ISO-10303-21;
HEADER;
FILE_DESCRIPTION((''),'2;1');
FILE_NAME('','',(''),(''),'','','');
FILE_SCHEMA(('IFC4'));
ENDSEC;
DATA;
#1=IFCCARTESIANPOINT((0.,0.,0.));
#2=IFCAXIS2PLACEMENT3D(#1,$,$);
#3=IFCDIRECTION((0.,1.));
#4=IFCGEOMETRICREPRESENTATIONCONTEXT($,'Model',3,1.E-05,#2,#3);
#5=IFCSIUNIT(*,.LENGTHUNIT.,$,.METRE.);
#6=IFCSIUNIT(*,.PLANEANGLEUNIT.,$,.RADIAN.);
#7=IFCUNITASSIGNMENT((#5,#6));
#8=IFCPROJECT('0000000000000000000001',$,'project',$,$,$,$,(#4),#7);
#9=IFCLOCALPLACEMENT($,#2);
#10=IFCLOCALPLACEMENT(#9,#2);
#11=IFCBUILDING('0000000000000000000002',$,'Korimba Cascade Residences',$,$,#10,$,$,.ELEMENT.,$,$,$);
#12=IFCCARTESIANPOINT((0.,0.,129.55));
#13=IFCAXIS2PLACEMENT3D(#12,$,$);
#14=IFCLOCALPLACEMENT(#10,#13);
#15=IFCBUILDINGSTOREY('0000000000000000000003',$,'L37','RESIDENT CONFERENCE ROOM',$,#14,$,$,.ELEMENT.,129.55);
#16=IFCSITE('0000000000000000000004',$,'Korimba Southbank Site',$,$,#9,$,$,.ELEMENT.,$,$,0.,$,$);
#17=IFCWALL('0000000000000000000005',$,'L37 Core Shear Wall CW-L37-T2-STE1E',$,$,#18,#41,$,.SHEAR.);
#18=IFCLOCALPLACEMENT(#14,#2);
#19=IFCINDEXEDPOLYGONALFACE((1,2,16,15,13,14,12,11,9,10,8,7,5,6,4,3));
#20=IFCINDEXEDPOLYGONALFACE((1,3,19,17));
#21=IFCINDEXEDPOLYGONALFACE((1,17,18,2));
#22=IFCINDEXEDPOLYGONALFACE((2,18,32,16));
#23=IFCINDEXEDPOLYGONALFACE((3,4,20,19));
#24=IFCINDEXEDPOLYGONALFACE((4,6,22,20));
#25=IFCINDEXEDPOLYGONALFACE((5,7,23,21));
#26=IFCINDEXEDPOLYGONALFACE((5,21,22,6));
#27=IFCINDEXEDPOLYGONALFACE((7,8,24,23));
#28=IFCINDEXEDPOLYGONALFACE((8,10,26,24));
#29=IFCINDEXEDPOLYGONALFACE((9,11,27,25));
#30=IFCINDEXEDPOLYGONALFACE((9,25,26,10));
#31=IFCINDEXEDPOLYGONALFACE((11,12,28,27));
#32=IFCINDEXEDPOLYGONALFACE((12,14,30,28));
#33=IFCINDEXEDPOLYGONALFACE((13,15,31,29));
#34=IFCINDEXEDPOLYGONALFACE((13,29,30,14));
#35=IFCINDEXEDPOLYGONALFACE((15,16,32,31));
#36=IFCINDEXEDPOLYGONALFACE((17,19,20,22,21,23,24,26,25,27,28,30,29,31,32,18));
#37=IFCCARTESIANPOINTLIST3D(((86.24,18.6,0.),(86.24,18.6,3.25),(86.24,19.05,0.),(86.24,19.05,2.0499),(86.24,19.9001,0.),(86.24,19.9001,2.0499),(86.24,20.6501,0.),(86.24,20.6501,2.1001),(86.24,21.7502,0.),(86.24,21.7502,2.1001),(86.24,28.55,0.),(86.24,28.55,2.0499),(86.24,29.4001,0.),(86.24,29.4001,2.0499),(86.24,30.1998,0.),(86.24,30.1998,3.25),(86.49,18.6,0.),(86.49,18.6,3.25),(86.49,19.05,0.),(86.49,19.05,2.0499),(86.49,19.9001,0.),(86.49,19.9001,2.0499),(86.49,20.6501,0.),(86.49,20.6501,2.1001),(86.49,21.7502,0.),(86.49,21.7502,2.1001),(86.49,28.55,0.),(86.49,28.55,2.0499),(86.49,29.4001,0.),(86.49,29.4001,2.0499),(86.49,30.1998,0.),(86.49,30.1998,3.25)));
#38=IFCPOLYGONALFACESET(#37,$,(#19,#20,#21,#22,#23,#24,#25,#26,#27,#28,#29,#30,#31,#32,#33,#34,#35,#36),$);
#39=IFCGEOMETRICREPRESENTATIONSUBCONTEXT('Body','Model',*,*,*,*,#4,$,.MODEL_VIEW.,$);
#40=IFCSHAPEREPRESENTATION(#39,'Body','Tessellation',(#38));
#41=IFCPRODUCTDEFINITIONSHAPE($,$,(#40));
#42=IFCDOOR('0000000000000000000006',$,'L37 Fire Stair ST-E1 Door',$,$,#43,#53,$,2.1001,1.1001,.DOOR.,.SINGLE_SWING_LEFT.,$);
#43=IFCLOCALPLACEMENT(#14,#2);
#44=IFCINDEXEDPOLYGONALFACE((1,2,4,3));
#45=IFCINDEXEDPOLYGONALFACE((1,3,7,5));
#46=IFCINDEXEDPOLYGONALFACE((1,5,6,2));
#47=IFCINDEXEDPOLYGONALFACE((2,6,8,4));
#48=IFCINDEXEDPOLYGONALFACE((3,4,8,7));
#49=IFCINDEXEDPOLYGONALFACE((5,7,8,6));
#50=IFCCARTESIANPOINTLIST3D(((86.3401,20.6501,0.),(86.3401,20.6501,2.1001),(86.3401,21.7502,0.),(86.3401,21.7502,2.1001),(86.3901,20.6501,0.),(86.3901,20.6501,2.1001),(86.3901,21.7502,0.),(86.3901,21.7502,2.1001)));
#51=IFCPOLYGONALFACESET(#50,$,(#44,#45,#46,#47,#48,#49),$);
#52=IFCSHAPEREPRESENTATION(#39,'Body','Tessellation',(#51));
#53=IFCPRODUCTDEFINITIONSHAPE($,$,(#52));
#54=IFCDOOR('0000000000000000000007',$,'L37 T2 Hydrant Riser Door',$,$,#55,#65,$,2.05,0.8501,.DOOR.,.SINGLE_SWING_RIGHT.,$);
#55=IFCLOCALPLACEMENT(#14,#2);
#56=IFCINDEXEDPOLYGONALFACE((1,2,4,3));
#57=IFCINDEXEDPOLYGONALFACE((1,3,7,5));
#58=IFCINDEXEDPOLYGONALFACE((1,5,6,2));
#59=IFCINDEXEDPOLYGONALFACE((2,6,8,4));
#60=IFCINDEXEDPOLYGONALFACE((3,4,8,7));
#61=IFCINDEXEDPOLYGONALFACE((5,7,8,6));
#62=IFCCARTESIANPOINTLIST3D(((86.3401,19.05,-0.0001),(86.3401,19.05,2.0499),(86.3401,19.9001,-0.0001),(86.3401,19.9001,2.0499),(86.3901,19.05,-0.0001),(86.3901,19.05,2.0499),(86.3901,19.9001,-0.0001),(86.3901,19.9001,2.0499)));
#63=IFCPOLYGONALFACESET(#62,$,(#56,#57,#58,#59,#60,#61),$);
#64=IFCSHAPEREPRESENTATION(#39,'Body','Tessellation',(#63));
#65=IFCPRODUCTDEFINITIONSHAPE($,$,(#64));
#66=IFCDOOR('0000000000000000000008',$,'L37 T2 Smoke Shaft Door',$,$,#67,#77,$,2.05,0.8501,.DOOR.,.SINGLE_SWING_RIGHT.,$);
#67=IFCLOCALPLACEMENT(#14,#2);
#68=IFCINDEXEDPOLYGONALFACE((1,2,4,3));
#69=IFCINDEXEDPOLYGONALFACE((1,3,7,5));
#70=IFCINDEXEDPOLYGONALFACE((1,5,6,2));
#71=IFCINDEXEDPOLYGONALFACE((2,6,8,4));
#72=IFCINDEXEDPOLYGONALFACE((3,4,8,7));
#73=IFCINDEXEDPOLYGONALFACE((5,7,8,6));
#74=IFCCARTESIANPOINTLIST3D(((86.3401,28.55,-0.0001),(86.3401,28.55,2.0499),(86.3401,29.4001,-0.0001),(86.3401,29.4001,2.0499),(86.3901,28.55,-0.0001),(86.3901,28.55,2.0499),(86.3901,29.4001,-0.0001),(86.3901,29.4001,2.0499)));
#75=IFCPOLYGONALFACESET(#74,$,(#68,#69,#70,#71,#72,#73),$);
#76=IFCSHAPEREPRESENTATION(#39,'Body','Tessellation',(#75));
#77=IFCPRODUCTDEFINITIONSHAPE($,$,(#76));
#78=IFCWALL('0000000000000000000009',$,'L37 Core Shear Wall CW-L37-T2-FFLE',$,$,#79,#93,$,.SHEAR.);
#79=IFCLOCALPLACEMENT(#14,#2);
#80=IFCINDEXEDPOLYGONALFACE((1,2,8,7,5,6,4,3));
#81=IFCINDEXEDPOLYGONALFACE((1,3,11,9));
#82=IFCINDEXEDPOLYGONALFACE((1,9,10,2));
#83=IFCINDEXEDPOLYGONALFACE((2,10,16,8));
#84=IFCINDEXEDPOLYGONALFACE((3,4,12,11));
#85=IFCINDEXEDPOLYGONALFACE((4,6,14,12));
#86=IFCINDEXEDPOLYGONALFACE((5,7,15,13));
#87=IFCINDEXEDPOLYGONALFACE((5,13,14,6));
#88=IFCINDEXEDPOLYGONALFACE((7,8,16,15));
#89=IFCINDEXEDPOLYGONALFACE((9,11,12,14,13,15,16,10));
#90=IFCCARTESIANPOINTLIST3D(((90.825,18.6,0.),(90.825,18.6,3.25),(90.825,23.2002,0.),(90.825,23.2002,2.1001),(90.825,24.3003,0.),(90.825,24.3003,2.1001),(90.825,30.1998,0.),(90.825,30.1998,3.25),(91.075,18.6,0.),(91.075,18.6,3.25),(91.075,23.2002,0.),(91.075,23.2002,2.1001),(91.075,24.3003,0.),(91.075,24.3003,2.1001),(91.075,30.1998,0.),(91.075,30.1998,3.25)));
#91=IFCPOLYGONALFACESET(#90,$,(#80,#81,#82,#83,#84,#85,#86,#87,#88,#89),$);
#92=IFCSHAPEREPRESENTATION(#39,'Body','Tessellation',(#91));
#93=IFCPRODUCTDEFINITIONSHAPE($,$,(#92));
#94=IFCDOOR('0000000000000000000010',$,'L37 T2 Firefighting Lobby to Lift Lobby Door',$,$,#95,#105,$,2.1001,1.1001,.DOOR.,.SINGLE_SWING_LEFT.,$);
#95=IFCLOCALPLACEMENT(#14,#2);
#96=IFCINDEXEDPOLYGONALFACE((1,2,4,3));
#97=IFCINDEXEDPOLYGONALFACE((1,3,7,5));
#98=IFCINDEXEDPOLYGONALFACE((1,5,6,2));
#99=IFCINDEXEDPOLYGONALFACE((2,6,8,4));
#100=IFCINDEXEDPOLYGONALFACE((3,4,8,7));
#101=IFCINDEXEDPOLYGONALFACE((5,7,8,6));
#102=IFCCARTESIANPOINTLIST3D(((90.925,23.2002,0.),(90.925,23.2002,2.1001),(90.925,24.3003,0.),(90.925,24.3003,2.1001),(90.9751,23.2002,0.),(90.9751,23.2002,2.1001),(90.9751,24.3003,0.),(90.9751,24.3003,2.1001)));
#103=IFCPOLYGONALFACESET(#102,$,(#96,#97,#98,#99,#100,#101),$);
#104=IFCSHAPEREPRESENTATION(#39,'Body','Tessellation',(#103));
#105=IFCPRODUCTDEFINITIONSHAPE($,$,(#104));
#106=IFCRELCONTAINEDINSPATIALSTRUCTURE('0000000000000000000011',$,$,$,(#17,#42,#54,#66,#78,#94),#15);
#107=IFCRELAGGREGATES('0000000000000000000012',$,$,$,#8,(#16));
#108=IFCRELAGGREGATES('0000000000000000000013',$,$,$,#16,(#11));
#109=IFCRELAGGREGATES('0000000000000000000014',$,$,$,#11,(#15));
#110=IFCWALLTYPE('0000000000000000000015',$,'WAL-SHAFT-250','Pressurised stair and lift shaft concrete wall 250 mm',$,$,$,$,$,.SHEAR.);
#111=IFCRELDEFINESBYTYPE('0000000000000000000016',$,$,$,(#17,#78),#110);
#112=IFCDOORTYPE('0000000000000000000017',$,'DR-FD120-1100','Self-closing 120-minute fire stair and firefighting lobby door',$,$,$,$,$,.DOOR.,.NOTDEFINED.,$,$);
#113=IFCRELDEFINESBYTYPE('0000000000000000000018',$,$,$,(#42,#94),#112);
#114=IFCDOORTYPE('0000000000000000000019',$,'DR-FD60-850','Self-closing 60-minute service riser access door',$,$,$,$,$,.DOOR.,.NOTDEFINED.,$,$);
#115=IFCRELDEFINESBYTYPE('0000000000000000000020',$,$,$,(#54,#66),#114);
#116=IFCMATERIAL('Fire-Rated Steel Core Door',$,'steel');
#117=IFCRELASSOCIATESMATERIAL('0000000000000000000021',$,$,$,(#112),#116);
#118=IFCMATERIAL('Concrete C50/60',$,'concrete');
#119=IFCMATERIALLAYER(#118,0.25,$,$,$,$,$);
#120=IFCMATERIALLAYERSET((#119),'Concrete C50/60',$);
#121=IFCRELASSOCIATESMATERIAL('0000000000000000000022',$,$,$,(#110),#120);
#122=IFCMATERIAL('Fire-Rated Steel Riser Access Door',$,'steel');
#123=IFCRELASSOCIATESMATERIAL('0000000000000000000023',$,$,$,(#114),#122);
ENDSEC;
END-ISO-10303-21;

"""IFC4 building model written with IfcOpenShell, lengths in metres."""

from ifc_helpers import new_model, si_unit, direction, frame, frame_2d, origin, place, context, subcontext, project, spatial, rectangle, extrude, material, layer, layer_set, type_object, element, fill, save


model = new_model("IFC4")

# Units and contexts
model_context = context("Model", 3, precision=1e-05, world=origin(), true_north=direction((0.0, 1.0)))
body_context = subcontext(model_context, "Body", "Model", "MODEL_VIEW")
ifc_project = project(units=[si_unit("LENGTHUNIT", "METRE"), si_unit("PLANEANGLEUNIT", "RADIAN")], contexts=[model_context])

# Site, building, storey
site_placement = place(None, origin())
site = spatial("IfcSite", under=ifc_project, at=site_placement, Name="Korimba Southbank Site", CompositionType="ELEMENT", RefElevation=0.0)
building_placement = place(site_placement, origin())
building = spatial("IfcBuilding", under=site, at=building_placement, Name="Korimba Cascade Residences", CompositionType="ELEMENT")
storey_placement = place(building_placement, frame((0.0, 0.0, 129.55)))
storey = spatial("IfcBuildingStorey", under=building, at=storey_placement, Name="L37", Description="RESIDENT CONFERENCE ROOM", CompositionType="ELEMENT", Elevation=129.55)

# Shared definitions
ifc_material_1 = material(Name="Fire-Rated Steel Core Door", Category="steel")
door_type_1 = type_object("IfcDoorType", Name="DR-FD120-1100", Description="Self-closing 120-minute fire stair and firefighting lobby door", OperationType="NOTDEFINED", PredefinedType="DOOR", material=ifc_material_1)

# Wall, openings, doors
ifc_material_2 = material(Name="Concrete C50/60", Category="concrete")
ifc_layer_1 = layer(ifc_material_2, 0.25)
ifc_layer_set_1 = layer_set([ifc_layer_1], Name="Concrete C50/60")
wall_type_1 = type_object("IfcWallType", Name="WAL-SHAFT-250", Description="Pressurised stair and lift shaft concrete wall 250 mm", PredefinedType="SHEAR", material=ifc_layer_set_1)
wall_1_placement = place(storey_placement, frame((86.365, 18.6001, 0.0), z_axis=(0.0, 0.0, 1.0), x_axis=(0.0, 1.0, 0.0)))
wall_1 = element("IfcWall", 1, at=wall_1_placement, inside=storey, type_object=wall_type_1, Name="L37 Core Shear Wall CW-L37-T2-STE1E", PredefinedType="SHEAR", context=body_context, shape_type="SweptSolid", body=[
    extrude(rectangle(XDim=11.5999, YDim=0.25, at=frame_2d((5.7998, 0.0))), origin(), (0.0, 0.0, 1.0), 3.25),
])
opening_1_placement = place(wall_1_placement, frame((0.45, 0.0, 0.0)))
opening_1 = element("IfcOpeningElement", 2, at=opening_1_placement, cuts=wall_1, PredefinedType="OPENING", context=body_context, shape_type="SweptSolid", body=[
    extrude(rectangle(XDim=0.8501, YDim=2.05, at=frame_2d((0.425, 1.0249))), frame((0.0, 0.135, 0.0), z_axis=(0.0, -1.0, 0.0), x_axis=(1.0, 0.0, 0.0)), (0.0, 0.0, 1.0), 0.27),
])
opening_2_placement = place(wall_1_placement, frame((2.05, 0.0, 0.0)))
opening_2 = element("IfcOpeningElement", 3, at=opening_2_placement, cuts=wall_1, PredefinedType="OPENING", context=body_context, shape_type="SweptSolid", body=[
    extrude(rectangle(XDim=1.1001, YDim=2.1001, at=frame_2d((0.55, 1.05))), frame((0.0, 0.135, 0.0), z_axis=(0.0, -1.0, 0.0), x_axis=(1.0, 0.0, 0.0)), (0.0, 0.0, 1.0), 0.27),
])
opening_3_placement = place(wall_1_placement, frame((9.95, 0.0, 0.0)))
opening_3 = element("IfcOpeningElement", 4, at=opening_3_placement, cuts=wall_1, PredefinedType="OPENING", context=body_context, shape_type="SweptSolid", body=[
    extrude(rectangle(XDim=0.8501, YDim=2.05, at=frame_2d((0.425, 1.0249))), frame((0.0, 0.135, 0.0), z_axis=(0.0, -1.0, 0.0), x_axis=(1.0, 0.0, 0.0)), (0.0, 0.0, 1.0), 0.27),
])
door_1_placement = place(opening_2_placement, origin())
door_1 = element("IfcDoor", 5, at=door_1_placement, inside=storey, type_object=door_type_1, Name="L37 Fire Stair ST-E1 Door", OperationType="SINGLE_SWING_LEFT", OverallHeight=2.1001, OverallWidth=1.1001, PredefinedType="DOOR", context=body_context, shape_type="SweptSolid", body=[
    extrude(rectangle(XDim=1.1001, YDim=2.1001, at=frame_2d((0.55, 1.05))), frame((0.0, 0.0249, 0.0), z_axis=(0.0, -1.0, 0.0), x_axis=(1.0, 0.0, 0.0)), (0.0, 0.0, 1.0), 0.05),
])
fill(opening_2, door_1)
ifc_material_3 = material(Name="Fire-Rated Steel Riser Access Door", Category="steel")
door_type_2 = type_object("IfcDoorType", Name="DR-FD60-850", Description="Self-closing 60-minute service riser access door", OperationType="NOTDEFINED", PredefinedType="DOOR", material=ifc_material_3)
door_2_placement = place(opening_1_placement, origin())
door_2 = element("IfcDoor", 6, at=door_2_placement, inside=storey, type_object=door_type_2, Name="L37 T2 Hydrant Riser Door", OperationType="SINGLE_SWING_RIGHT", OverallHeight=2.05, OverallWidth=0.8501, PredefinedType="DOOR", context=body_context, shape_type="SweptSolid", body=[
    extrude(rectangle(XDim=0.8501, YDim=2.05, at=frame_2d((0.425, 1.0249))), frame((0.0, 0.0249, 0.0), z_axis=(0.0, -1.0, 0.0), x_axis=(1.0, 0.0, 0.0)), (0.0, 0.0, 1.0), 0.05),
])
fill(opening_1, door_2)
door_3_placement = place(opening_3_placement, origin())
door_3 = element("IfcDoor", 7, at=door_3_placement, inside=storey, type_object=door_type_2, Name="L37 T2 Smoke Shaft Door", OperationType="SINGLE_SWING_RIGHT", OverallHeight=2.05, OverallWidth=0.8501, PredefinedType="DOOR", context=body_context, shape_type="SweptSolid", body=[
    extrude(rectangle(XDim=0.8501, YDim=2.05, at=frame_2d((0.425, 1.0249))), frame((0.0, 0.0249, 0.0), z_axis=(0.0, -1.0, 0.0), x_axis=(1.0, 0.0, 0.0)), (0.0, 0.0, 1.0), 0.05),
])
fill(opening_3, door_3)

# Wall, opening, door
wall_2_placement = place(storey_placement, frame((90.95, 18.6001, 0.0), z_axis=(0.0, 0.0, 1.0), x_axis=(0.0, 1.0, 0.0)))
wall_2 = element("IfcWall", 8, at=wall_2_placement, inside=storey, type_object=wall_type_1, Name="L37 Core Shear Wall CW-L37-T2-FFLE", PredefinedType="SHEAR", context=body_context, shape_type="SweptSolid", body=[
    extrude(rectangle(XDim=11.5999, YDim=0.25, at=frame_2d((5.7998, 0.0))), origin(), (0.0, 0.0, 1.0), 3.25),
])
opening_4_placement = place(wall_2_placement, frame((4.6001, 0.0, 0.0)))
opening_4 = element("IfcOpeningElement", 9, at=opening_4_placement, cuts=wall_2, PredefinedType="OPENING", context=body_context, shape_type="SweptSolid", body=[
    extrude(rectangle(XDim=1.1001, YDim=2.1001, at=frame_2d((0.55, 1.05))), frame((0.0, 0.135, 0.0), z_axis=(0.0, -1.0, 0.0), x_axis=(1.0, 0.0, 0.0)), (0.0, 0.0, 1.0), 0.27),
])
door_4_placement = place(opening_4_placement, origin())
door_4 = element("IfcDoor", 10, at=door_4_placement, inside=storey, type_object=door_type_1, Name="L37 T2 Firefighting Lobby to Lift Lobby Door", OperationType="SINGLE_SWING_LEFT", OverallHeight=2.1001, OverallWidth=1.1001, PredefinedType="DOOR", context=body_context, shape_type="SweptSolid", body=[
    extrude(rectangle(XDim=1.1001, YDim=2.1001, at=frame_2d((0.55, 1.05))), frame((0.0, 0.0249, 0.0), z_axis=(0.0, -1.0, 0.0), x_axis=(1.0, 0.0, 0.0)), (0.0, 0.0, 1.0), 0.05),
])
fill(opening_4, door_4)

save(model, "model.ifc")
